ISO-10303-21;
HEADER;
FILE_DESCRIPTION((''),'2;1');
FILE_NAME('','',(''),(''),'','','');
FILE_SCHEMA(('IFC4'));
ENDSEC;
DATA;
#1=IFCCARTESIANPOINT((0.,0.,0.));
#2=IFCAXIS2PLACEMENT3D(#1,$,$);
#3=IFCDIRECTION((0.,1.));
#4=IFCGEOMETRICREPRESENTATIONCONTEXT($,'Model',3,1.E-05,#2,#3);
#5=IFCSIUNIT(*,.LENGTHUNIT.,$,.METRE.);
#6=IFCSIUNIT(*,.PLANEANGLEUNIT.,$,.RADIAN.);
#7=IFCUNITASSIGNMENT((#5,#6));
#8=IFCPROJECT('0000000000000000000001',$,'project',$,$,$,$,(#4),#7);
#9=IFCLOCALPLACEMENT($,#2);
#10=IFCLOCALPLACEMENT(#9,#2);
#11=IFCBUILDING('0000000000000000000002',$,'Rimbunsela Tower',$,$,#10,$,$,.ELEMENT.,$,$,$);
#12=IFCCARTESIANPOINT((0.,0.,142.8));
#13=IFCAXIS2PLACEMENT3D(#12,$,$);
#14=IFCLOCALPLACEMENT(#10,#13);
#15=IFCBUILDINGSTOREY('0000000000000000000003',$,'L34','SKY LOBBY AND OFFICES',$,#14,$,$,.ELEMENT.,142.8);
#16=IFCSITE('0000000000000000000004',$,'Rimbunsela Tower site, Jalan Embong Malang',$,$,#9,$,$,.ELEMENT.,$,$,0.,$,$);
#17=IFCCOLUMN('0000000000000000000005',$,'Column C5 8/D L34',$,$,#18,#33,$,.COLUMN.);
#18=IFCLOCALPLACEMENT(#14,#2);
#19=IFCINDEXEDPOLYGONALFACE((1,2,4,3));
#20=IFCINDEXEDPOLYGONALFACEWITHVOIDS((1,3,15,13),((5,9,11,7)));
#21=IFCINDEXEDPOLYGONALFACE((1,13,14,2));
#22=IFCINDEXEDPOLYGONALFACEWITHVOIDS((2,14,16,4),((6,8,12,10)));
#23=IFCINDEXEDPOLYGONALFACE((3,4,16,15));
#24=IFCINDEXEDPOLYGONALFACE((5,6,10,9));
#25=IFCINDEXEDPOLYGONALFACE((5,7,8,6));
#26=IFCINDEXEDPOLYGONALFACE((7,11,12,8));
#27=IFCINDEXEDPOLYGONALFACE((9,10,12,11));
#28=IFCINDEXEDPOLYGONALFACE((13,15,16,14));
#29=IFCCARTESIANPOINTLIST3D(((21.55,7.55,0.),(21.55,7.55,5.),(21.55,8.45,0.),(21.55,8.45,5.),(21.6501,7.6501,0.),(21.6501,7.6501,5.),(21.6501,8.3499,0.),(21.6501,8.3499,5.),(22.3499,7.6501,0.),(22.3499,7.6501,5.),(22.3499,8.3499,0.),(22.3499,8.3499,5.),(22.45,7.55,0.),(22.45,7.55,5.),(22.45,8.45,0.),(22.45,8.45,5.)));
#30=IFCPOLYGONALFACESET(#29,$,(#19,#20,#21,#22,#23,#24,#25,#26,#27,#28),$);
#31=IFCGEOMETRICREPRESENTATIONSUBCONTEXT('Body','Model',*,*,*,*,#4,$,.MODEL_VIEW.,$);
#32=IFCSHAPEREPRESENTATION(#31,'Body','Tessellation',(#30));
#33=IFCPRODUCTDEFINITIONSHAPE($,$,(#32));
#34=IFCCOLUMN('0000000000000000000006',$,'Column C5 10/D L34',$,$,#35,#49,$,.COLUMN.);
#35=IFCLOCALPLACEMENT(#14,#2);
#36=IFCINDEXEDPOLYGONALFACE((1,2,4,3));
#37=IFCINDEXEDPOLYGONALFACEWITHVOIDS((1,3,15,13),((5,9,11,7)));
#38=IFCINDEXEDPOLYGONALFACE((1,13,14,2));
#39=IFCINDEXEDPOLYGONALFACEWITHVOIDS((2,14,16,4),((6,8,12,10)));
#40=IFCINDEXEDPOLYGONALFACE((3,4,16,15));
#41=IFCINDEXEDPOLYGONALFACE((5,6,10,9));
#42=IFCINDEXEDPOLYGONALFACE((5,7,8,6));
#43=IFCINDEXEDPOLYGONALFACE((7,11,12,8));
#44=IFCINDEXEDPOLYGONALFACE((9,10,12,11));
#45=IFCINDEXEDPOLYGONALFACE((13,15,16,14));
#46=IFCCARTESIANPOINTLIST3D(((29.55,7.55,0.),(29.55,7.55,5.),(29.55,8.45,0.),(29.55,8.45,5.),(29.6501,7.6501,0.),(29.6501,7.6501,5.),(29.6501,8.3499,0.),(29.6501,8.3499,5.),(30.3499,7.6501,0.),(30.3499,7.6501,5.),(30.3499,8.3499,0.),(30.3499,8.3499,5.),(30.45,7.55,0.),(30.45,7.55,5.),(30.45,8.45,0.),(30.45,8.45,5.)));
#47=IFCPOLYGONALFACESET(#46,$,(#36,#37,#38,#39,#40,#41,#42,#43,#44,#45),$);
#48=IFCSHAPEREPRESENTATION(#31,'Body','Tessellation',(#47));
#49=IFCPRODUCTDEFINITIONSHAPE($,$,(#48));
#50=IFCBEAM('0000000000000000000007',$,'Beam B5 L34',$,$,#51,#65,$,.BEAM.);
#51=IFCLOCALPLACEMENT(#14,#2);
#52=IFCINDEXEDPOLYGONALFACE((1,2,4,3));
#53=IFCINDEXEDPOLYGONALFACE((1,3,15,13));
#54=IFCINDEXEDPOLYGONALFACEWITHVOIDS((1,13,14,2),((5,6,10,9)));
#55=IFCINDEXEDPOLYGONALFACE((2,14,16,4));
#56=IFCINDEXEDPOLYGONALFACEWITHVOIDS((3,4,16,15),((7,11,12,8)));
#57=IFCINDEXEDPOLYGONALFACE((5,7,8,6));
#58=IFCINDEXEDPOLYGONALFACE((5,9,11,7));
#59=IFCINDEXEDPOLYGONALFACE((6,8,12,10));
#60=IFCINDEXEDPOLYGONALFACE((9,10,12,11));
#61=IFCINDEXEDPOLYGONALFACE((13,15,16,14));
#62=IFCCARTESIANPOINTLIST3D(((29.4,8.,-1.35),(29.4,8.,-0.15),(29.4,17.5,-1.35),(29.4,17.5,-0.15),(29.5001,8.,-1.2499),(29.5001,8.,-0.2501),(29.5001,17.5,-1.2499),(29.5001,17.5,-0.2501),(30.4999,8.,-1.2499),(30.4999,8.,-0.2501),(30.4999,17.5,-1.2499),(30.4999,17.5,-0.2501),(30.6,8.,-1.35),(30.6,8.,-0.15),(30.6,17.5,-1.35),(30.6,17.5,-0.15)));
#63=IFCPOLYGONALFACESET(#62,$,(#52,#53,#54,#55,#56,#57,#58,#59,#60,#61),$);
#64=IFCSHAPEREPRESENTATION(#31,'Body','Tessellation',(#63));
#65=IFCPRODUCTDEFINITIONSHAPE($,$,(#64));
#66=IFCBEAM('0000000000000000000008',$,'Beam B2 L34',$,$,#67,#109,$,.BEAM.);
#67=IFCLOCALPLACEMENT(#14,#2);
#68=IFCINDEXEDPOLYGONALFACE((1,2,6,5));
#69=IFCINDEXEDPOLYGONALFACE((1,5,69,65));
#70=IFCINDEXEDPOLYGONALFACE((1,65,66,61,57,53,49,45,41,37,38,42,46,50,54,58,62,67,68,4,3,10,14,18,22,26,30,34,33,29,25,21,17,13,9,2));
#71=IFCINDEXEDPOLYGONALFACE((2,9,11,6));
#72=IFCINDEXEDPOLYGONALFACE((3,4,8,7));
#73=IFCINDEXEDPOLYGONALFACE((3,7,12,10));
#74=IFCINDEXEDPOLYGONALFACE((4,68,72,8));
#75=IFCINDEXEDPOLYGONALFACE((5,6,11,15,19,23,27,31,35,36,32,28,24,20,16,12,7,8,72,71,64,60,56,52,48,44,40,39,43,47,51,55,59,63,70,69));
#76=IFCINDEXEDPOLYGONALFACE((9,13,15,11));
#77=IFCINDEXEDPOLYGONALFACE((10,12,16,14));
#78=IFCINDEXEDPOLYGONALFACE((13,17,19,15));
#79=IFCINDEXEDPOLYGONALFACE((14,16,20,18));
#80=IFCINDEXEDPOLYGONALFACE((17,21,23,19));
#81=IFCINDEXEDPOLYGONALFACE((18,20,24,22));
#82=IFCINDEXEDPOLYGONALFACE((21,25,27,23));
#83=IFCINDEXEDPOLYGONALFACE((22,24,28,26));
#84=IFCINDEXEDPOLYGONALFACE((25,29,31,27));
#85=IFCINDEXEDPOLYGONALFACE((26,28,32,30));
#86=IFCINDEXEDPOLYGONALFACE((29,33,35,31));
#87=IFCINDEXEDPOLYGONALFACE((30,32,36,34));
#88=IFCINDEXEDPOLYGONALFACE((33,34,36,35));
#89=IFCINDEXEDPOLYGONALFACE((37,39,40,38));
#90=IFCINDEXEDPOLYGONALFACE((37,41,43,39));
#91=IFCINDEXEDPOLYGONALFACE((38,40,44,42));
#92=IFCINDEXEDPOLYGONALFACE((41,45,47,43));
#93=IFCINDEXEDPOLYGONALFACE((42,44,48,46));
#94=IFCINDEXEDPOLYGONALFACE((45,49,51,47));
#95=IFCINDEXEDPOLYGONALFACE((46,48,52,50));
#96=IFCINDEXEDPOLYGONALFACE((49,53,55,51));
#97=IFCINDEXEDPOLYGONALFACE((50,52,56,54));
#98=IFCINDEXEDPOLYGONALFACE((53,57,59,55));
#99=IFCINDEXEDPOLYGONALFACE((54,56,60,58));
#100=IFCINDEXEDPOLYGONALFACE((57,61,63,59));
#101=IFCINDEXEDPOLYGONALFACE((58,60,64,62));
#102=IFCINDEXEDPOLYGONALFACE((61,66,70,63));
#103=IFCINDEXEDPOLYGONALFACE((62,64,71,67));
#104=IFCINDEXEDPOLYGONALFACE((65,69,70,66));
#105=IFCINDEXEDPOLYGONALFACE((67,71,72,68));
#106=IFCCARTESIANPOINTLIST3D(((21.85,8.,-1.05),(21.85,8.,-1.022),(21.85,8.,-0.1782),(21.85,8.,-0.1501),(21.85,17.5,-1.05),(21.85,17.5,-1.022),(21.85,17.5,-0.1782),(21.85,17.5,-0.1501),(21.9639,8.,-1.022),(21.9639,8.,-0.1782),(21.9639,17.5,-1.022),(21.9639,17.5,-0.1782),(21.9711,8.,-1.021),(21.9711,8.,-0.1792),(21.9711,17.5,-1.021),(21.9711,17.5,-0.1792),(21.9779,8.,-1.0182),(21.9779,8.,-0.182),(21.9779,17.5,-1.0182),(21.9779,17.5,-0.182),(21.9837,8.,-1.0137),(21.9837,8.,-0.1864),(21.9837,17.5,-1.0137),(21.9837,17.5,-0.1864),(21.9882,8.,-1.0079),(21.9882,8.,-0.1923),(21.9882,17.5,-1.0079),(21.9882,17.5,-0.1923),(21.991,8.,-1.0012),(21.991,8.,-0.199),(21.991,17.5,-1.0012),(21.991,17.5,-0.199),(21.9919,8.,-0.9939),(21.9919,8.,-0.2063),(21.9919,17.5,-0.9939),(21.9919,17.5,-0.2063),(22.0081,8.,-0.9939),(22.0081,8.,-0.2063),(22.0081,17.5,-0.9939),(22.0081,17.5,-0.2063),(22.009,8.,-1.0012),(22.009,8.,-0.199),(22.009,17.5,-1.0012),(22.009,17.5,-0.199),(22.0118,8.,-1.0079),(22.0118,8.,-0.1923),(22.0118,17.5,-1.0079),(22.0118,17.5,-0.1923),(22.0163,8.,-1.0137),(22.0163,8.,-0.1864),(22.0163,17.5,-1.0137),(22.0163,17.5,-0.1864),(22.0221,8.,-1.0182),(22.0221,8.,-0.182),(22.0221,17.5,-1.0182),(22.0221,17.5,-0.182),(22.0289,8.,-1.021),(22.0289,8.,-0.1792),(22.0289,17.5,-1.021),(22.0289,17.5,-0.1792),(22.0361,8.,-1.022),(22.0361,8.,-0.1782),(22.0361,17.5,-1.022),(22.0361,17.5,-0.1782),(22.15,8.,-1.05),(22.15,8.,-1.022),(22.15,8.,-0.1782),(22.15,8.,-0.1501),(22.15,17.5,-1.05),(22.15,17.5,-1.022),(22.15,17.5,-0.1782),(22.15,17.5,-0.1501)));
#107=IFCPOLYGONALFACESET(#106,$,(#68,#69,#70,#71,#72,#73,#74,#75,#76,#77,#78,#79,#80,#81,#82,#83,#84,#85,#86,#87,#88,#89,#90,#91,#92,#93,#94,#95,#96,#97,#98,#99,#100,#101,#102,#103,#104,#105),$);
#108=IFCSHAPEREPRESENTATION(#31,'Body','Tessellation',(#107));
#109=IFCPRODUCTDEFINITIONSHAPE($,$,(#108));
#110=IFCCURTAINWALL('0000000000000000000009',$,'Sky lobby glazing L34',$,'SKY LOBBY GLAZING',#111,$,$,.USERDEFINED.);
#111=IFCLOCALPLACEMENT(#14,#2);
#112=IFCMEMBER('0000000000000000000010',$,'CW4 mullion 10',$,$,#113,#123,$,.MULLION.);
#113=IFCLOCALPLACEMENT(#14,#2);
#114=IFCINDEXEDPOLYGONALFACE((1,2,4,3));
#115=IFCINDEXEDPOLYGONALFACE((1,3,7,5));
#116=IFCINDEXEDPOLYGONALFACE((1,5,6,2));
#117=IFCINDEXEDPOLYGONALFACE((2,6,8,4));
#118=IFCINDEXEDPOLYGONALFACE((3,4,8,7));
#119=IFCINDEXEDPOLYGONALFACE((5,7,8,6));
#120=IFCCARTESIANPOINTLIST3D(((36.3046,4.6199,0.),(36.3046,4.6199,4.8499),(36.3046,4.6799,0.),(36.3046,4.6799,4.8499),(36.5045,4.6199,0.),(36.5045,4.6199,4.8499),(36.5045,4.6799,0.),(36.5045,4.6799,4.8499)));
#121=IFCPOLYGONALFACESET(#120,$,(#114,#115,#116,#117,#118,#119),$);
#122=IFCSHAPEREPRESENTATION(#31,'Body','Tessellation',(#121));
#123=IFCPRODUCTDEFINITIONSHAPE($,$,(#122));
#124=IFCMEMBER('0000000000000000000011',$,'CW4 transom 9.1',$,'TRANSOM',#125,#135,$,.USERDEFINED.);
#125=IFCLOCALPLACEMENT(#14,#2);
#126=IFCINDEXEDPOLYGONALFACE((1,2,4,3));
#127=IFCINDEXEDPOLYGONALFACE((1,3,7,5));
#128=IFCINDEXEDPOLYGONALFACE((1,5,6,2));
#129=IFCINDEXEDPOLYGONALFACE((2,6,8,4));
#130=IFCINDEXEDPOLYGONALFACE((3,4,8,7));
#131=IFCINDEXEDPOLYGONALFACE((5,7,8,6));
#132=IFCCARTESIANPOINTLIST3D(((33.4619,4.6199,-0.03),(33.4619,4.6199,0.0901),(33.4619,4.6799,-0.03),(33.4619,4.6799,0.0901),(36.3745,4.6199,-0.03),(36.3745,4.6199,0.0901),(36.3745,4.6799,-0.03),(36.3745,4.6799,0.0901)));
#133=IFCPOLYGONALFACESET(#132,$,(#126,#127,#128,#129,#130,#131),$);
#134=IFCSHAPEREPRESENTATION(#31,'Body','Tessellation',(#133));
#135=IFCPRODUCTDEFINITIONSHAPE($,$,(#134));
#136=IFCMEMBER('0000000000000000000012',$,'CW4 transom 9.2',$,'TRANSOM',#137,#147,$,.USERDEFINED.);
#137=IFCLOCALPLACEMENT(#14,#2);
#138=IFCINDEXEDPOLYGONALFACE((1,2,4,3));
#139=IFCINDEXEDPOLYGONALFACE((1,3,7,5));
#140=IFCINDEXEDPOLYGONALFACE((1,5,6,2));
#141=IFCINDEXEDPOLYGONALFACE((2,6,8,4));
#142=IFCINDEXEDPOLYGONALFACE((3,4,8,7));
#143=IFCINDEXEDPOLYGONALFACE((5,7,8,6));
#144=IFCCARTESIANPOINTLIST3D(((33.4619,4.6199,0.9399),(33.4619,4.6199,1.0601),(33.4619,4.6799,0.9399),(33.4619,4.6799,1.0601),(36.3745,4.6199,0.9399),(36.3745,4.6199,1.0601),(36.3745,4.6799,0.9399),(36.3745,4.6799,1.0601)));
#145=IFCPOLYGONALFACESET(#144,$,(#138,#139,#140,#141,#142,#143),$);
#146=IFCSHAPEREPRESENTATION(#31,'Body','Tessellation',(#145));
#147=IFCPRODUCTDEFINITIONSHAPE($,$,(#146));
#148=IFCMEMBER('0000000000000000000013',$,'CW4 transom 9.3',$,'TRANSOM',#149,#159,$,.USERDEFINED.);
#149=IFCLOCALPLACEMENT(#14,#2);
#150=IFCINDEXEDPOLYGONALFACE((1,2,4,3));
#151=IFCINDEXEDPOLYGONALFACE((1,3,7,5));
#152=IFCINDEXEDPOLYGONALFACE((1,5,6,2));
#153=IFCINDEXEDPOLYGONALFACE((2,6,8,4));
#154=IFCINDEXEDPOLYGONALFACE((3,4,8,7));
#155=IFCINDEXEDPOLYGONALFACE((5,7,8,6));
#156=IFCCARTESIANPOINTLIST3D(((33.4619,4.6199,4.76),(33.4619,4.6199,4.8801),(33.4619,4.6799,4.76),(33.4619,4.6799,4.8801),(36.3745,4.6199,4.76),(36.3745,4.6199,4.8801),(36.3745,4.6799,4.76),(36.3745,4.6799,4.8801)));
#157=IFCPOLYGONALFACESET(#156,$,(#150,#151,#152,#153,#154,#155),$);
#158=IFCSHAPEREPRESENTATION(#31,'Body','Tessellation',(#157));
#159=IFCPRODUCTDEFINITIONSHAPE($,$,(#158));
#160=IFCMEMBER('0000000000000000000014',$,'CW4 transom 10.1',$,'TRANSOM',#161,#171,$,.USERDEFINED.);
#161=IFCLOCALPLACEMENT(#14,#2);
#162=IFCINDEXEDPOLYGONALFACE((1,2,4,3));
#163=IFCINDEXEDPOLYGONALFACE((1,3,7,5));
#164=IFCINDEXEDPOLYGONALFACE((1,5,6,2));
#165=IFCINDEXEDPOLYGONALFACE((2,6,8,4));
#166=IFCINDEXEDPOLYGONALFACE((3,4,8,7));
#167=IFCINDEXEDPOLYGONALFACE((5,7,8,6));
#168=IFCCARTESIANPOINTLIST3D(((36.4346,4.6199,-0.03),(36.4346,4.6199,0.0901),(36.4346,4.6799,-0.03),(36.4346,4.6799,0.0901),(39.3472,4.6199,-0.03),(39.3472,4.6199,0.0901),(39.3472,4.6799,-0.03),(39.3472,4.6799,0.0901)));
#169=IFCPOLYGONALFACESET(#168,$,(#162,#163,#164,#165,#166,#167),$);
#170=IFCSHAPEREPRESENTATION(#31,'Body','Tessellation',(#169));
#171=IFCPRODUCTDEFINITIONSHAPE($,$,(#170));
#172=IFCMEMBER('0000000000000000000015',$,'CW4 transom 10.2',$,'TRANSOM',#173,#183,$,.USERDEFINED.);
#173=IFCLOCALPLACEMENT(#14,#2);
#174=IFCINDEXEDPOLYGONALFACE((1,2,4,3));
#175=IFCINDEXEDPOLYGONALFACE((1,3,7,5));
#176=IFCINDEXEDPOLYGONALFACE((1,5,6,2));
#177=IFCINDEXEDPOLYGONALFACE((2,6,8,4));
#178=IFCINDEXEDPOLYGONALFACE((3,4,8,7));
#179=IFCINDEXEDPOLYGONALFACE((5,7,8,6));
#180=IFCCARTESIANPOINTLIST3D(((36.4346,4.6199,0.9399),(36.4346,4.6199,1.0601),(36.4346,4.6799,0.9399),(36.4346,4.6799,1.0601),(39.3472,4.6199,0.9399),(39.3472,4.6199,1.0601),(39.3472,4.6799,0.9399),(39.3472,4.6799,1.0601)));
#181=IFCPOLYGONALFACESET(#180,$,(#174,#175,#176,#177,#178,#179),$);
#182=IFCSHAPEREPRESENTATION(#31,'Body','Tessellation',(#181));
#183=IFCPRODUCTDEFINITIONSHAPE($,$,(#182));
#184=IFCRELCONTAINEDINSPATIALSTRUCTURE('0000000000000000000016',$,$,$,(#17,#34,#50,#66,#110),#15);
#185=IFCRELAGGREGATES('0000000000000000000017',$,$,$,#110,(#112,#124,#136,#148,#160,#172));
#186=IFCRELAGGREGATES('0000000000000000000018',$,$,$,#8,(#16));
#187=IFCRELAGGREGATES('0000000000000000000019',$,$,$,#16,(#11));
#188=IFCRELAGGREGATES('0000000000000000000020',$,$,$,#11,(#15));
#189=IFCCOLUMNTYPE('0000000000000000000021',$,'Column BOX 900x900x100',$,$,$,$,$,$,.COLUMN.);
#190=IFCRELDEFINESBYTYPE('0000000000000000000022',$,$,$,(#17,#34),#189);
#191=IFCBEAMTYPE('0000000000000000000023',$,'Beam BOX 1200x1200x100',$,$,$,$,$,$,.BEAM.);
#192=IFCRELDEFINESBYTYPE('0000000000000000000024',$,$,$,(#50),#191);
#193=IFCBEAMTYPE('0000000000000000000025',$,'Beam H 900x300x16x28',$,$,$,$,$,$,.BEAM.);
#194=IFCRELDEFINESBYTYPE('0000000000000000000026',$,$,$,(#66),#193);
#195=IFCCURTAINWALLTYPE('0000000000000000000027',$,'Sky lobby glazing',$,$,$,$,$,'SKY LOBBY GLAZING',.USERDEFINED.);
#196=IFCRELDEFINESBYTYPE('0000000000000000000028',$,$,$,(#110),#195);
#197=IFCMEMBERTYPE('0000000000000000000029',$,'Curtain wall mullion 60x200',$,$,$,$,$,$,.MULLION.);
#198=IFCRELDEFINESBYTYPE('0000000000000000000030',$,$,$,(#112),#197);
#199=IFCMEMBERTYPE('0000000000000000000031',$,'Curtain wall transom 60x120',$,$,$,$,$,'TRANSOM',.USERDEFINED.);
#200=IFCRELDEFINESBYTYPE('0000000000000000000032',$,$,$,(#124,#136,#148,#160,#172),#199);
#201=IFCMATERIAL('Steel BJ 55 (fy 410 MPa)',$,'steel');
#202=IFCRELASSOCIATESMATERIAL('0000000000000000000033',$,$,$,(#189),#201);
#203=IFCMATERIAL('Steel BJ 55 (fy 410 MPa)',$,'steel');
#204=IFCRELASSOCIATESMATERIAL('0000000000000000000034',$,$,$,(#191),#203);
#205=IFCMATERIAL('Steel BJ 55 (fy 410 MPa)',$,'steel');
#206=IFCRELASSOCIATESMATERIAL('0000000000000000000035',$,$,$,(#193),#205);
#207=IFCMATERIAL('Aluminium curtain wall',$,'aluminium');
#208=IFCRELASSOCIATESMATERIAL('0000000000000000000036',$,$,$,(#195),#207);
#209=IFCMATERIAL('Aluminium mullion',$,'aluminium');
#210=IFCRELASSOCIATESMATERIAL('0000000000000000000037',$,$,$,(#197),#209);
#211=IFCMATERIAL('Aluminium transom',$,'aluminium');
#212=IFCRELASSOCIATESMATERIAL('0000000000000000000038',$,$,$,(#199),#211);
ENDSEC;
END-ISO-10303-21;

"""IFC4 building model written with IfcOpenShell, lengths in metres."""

from ifc_helpers import new_model, si_unit, direction, frame, origin, origin_2d, place, context, subcontext, project, spatial, rectangle, hollow_rectangle, i_section, extrude, material, material_profile, profile_set, type_object, element, aggregate, save


model = new_model("IFC4")

# Units and contexts
model_context = context("Model", 3, precision=1e-05, world=origin(), true_north=direction((0.0, 1.0)))
body_context = subcontext(model_context, "Body", "Model", "MODEL_VIEW")
ifc_project = project(units=[si_unit("LENGTHUNIT", "METRE"), si_unit("PLANEANGLEUNIT", "RADIAN")], contexts=[model_context])

# Site, building, storey
site_placement = place(None, origin())
site = spatial("IfcSite", under=ifc_project, at=site_placement, Name="Rimbunsela Tower site, Jalan Embong Malang", CompositionType="ELEMENT", RefElevation=0.0)
building_placement = place(site_placement, origin())
building = spatial("IfcBuilding", under=site, at=building_placement, Name="Rimbunsela Tower", CompositionType="ELEMENT")
storey_placement = place(building_placement, frame((0.0, 0.0, 142.8)))
storey = spatial("IfcBuildingStorey", under=building, at=storey_placement, Name="L34", Description="SKY LOBBY AND OFFICES", CompositionType="ELEMENT", Elevation=142.8)

# Columns
ifc_material_1 = material(Name="Steel BJ 55 (fy 410 MPa)", Category="steel")
ifc_material_profile_1 = material_profile(ifc_material_1, hollow_rectangle(XDim=0.8999, YDim=0.8999, WallThickness=0.1001, at=origin_2d()), Name="BOX 900x900x100")
ifc_profile_set_1 = profile_set([ifc_material_profile_1], Name="Steel BJ 55 (fy 410 MPa)")
column_type = type_object("IfcColumnType", Name="Column BOX 900x900x100", PredefinedType="COLUMN", material=ifc_profile_set_1)
for number, where, z_axis, x_axis, name in (
    (1, (22.0, 8.0, 0.0), (0.0, 0.0, 1.0), (1.0, 0.0, 0.0), "Column C5 8/D L34"),
    (2, (30.0, 8.0, 0.0), (0.0, 0.0, 1.0), (1.0, 0.0, 0.0), "Column C5 10/D L34"),
):
    element("IfcColumn", number, at=place(storey_placement, frame(where, z_axis=z_axis, x_axis=x_axis)), inside=storey, type_object=column_type, Name=name, PredefinedType="COLUMN", context=body_context, shape_type="SweptSolid", body=[
        extrude(hollow_rectangle(XDim=0.8999, YDim=0.8999, WallThickness=0.1001, at=origin_2d()), origin(), (0.0, 0.0, 1.0), 5.0),
    ])

# Beams
ifc_material_2 = material(Name="Steel BJ 55 (fy 410 MPa)", Category="steel")
ifc_material_profile_2 = material_profile(ifc_material_2, hollow_rectangle(XDim=1.2, YDim=1.2, WallThickness=0.1001, at=origin_2d()), Name="BOX 1200x1200x100")
ifc_profile_set_2 = profile_set([ifc_material_profile_2], Name="Steel BJ 55 (fy 410 MPa)")
beam_type_1 = type_object("IfcBeamType", Name="Beam BOX 1200x1200x100", PredefinedType="BEAM", material=ifc_profile_set_2)
beam_1_placement = place(storey_placement, frame((30.0, 8.0, -0.75), z_axis=(0.0, 1.0, 0.0), x_axis=(-1.0, 0.0, 0.0)))
element("IfcBeam", 3, at=beam_1_placement, inside=storey, type_object=beam_type_1, Name="Beam B5 L34", PredefinedType="BEAM", context=body_context, shape_type="SweptSolid", body=[
    extrude(hollow_rectangle(XDim=1.2, YDim=1.2, WallThickness=0.1001, at=origin_2d()), origin(), (0.0, 0.0, 1.0), 9.5),
])
ifc_material_3 = material(Name="Steel BJ 55 (fy 410 MPa)", Category="steel")
ifc_material_profile_3 = material_profile(ifc_material_3, i_section(OverallWidth=0.3, OverallDepth=0.8999, WebThickness=0.0161, FlangeThickness=0.0281, FilletRadius=0.0281, at=origin_2d()), Name="H 900x300x16x28")
ifc_profile_set_3 = profile_set([ifc_material_profile_3], Name="Steel BJ 55 (fy 410 MPa)")
beam_type_2 = type_object("IfcBeamType", Name="Beam H 900x300x16x28", PredefinedType="BEAM", material=ifc_profile_set_3)
beam_2_placement = place(storey_placement, frame((22.0, 8.0, -0.6001), z_axis=(0.0, 1.0, 0.0), x_axis=(-1.0, 0.0, 0.0)))
element("IfcBeam", 4, at=beam_2_placement, inside=storey, type_object=beam_type_2, Name="Beam B2 L34", PredefinedType="BEAM", context=body_context, shape_type="SweptSolid", body=[
    extrude(i_section(OverallWidth=0.3, OverallDepth=0.8999, WebThickness=0.0161, FlangeThickness=0.0281, FilletRadius=0.0281, at=origin_2d()), origin(), (0.0, 0.0, 1.0), 9.5),
])

# Curtain wall, members
ifc_material_4 = material(Name="Aluminium curtain wall", Category="aluminium")
curtain_wall_type = type_object("IfcCurtainWallType", Name="Sky lobby glazing", ElementType="SKY LOBBY GLAZING", PredefinedType="USERDEFINED", material=ifc_material_4)
curtain_wall_placement = place(storey_placement, origin())
curtain_wall = element("IfcCurtainWall", 5, at=curtain_wall_placement, inside=storey, type_object=curtain_wall_type, Name="Sky lobby glazing L34", ObjectType="SKY LOBBY GLAZING", PredefinedType="USERDEFINED")
ifc_material_5 = material(Name="Aluminium mullion", Category="aluminium")
ifc_material_profile_4 = material_profile(ifc_material_5, rectangle(XDim=0.0601, YDim=0.2, at=origin_2d()), Name="Mullion 60x200")
ifc_profile_set_4 = profile_set([ifc_material_profile_4], Name="Aluminium mullion")
member_type_1 = type_object("IfcMemberType", Name="Curtain wall mullion 60x200", PredefinedType="MULLION", material=ifc_profile_set_4)
member_1_placement = place(storey_placement, frame((36.4045, 4.6499, 0.0), z_axis=(0.0, 0.0, 1.0), x_axis=(0.0, 1.0, 0.0)))
member_1 = element("IfcMember", 6, at=member_1_placement, type_object=member_type_1, Name="CW4 mullion 10", PredefinedType="MULLION", context=body_context, shape_type="SweptSolid", body=[
    extrude(rectangle(XDim=0.0601, YDim=0.2, at=origin_2d()), origin(), (0.0, 0.0, 1.0), 4.8499),
])
ifc_material_6 = material(Name="Aluminium transom", Category="aluminium")
ifc_material_profile_5 = material_profile(ifc_material_6, rectangle(XDim=0.0601, YDim=0.1201, at=origin_2d()), Name="Transom 60x120")
ifc_profile_set_5 = profile_set([ifc_material_profile_5], Name="Aluminium transom")
member_type_2 = type_object("IfcMemberType", Name="Curtain wall transom 60x120", ElementType="TRANSOM", PredefinedType="USERDEFINED", material=ifc_profile_set_5)
member_2_placement = place(storey_placement, frame((33.4619, 4.6499, 0.03), z_axis=(1.0, 0.0, 0.0), x_axis=(0.0, 1.0, 0.0)))
member_2 = element("IfcMember", 7, at=member_2_placement, type_object=member_type_2, Name="CW4 transom 9.1", ObjectType="TRANSOM", PredefinedType="USERDEFINED", context=body_context, shape_type="SweptSolid", body=[
    extrude(rectangle(XDim=0.0601, YDim=0.1201, at=origin_2d()), origin(), (0.0, 0.0, 1.0), 2.9126),
])
member_3_placement = place(storey_placement, frame((33.4619, 4.6499, 1.0), z_axis=(1.0, 0.0, 0.0), x_axis=(0.0, 1.0, 0.0)))
member_3 = element("IfcMember", 8, at=member_3_placement, type_object=member_type_2, Name="CW4 transom 9.2", ObjectType="TRANSOM", PredefinedType="USERDEFINED", context=body_context, shape_type="SweptSolid", body=[
    extrude(rectangle(XDim=0.0601, YDim=0.1201, at=origin_2d()), origin(), (0.0, 0.0, 1.0), 2.9126),
])
member_4_placement = place(storey_placement, frame((33.4619, 4.6499, 4.8201), z_axis=(1.0, 0.0, 0.0), x_axis=(0.0, 1.0, 0.0)))
member_4 = element("IfcMember", 9, at=member_4_placement, type_object=member_type_2, Name="CW4 transom 9.3", ObjectType="TRANSOM", PredefinedType="USERDEFINED", context=body_context, shape_type="SweptSolid", body=[
    extrude(rectangle(XDim=0.0601, YDim=0.1201, at=origin_2d()), origin(), (0.0, 0.0, 1.0), 2.9126),
])
member_5_placement = place(storey_placement, frame((36.4346, 4.6499, 0.03), z_axis=(1.0, 0.0, 0.0), x_axis=(0.0, 1.0, 0.0)))
member_5 = element("IfcMember", 10, at=member_5_placement, type_object=member_type_2, Name="CW4 transom 10.1", ObjectType="TRANSOM", PredefinedType="USERDEFINED", context=body_context, shape_type="SweptSolid", body=[
    extrude(rectangle(XDim=0.0601, YDim=0.1201, at=origin_2d()), origin(), (0.0, 0.0, 1.0), 2.9126),
])
member_6_placement = place(storey_placement, frame((36.4346, 4.6499, 1.0), z_axis=(1.0, 0.0, 0.0), x_axis=(0.0, 1.0, 0.0)))
member_6 = element("IfcMember", 11, at=member_6_placement, type_object=member_type_2, Name="CW4 transom 10.2", ObjectType="TRANSOM", PredefinedType="USERDEFINED", context=body_context, shape_type="SweptSolid", body=[
    extrude(rectangle(XDim=0.0601, YDim=0.1201, at=origin_2d()), origin(), (0.0, 0.0, 1.0), 2.9126),
])
aggregate(curtain_wall, [member_1, member_2, member_3, member_4, member_5, member_6])

save(model, "model.ifc")
